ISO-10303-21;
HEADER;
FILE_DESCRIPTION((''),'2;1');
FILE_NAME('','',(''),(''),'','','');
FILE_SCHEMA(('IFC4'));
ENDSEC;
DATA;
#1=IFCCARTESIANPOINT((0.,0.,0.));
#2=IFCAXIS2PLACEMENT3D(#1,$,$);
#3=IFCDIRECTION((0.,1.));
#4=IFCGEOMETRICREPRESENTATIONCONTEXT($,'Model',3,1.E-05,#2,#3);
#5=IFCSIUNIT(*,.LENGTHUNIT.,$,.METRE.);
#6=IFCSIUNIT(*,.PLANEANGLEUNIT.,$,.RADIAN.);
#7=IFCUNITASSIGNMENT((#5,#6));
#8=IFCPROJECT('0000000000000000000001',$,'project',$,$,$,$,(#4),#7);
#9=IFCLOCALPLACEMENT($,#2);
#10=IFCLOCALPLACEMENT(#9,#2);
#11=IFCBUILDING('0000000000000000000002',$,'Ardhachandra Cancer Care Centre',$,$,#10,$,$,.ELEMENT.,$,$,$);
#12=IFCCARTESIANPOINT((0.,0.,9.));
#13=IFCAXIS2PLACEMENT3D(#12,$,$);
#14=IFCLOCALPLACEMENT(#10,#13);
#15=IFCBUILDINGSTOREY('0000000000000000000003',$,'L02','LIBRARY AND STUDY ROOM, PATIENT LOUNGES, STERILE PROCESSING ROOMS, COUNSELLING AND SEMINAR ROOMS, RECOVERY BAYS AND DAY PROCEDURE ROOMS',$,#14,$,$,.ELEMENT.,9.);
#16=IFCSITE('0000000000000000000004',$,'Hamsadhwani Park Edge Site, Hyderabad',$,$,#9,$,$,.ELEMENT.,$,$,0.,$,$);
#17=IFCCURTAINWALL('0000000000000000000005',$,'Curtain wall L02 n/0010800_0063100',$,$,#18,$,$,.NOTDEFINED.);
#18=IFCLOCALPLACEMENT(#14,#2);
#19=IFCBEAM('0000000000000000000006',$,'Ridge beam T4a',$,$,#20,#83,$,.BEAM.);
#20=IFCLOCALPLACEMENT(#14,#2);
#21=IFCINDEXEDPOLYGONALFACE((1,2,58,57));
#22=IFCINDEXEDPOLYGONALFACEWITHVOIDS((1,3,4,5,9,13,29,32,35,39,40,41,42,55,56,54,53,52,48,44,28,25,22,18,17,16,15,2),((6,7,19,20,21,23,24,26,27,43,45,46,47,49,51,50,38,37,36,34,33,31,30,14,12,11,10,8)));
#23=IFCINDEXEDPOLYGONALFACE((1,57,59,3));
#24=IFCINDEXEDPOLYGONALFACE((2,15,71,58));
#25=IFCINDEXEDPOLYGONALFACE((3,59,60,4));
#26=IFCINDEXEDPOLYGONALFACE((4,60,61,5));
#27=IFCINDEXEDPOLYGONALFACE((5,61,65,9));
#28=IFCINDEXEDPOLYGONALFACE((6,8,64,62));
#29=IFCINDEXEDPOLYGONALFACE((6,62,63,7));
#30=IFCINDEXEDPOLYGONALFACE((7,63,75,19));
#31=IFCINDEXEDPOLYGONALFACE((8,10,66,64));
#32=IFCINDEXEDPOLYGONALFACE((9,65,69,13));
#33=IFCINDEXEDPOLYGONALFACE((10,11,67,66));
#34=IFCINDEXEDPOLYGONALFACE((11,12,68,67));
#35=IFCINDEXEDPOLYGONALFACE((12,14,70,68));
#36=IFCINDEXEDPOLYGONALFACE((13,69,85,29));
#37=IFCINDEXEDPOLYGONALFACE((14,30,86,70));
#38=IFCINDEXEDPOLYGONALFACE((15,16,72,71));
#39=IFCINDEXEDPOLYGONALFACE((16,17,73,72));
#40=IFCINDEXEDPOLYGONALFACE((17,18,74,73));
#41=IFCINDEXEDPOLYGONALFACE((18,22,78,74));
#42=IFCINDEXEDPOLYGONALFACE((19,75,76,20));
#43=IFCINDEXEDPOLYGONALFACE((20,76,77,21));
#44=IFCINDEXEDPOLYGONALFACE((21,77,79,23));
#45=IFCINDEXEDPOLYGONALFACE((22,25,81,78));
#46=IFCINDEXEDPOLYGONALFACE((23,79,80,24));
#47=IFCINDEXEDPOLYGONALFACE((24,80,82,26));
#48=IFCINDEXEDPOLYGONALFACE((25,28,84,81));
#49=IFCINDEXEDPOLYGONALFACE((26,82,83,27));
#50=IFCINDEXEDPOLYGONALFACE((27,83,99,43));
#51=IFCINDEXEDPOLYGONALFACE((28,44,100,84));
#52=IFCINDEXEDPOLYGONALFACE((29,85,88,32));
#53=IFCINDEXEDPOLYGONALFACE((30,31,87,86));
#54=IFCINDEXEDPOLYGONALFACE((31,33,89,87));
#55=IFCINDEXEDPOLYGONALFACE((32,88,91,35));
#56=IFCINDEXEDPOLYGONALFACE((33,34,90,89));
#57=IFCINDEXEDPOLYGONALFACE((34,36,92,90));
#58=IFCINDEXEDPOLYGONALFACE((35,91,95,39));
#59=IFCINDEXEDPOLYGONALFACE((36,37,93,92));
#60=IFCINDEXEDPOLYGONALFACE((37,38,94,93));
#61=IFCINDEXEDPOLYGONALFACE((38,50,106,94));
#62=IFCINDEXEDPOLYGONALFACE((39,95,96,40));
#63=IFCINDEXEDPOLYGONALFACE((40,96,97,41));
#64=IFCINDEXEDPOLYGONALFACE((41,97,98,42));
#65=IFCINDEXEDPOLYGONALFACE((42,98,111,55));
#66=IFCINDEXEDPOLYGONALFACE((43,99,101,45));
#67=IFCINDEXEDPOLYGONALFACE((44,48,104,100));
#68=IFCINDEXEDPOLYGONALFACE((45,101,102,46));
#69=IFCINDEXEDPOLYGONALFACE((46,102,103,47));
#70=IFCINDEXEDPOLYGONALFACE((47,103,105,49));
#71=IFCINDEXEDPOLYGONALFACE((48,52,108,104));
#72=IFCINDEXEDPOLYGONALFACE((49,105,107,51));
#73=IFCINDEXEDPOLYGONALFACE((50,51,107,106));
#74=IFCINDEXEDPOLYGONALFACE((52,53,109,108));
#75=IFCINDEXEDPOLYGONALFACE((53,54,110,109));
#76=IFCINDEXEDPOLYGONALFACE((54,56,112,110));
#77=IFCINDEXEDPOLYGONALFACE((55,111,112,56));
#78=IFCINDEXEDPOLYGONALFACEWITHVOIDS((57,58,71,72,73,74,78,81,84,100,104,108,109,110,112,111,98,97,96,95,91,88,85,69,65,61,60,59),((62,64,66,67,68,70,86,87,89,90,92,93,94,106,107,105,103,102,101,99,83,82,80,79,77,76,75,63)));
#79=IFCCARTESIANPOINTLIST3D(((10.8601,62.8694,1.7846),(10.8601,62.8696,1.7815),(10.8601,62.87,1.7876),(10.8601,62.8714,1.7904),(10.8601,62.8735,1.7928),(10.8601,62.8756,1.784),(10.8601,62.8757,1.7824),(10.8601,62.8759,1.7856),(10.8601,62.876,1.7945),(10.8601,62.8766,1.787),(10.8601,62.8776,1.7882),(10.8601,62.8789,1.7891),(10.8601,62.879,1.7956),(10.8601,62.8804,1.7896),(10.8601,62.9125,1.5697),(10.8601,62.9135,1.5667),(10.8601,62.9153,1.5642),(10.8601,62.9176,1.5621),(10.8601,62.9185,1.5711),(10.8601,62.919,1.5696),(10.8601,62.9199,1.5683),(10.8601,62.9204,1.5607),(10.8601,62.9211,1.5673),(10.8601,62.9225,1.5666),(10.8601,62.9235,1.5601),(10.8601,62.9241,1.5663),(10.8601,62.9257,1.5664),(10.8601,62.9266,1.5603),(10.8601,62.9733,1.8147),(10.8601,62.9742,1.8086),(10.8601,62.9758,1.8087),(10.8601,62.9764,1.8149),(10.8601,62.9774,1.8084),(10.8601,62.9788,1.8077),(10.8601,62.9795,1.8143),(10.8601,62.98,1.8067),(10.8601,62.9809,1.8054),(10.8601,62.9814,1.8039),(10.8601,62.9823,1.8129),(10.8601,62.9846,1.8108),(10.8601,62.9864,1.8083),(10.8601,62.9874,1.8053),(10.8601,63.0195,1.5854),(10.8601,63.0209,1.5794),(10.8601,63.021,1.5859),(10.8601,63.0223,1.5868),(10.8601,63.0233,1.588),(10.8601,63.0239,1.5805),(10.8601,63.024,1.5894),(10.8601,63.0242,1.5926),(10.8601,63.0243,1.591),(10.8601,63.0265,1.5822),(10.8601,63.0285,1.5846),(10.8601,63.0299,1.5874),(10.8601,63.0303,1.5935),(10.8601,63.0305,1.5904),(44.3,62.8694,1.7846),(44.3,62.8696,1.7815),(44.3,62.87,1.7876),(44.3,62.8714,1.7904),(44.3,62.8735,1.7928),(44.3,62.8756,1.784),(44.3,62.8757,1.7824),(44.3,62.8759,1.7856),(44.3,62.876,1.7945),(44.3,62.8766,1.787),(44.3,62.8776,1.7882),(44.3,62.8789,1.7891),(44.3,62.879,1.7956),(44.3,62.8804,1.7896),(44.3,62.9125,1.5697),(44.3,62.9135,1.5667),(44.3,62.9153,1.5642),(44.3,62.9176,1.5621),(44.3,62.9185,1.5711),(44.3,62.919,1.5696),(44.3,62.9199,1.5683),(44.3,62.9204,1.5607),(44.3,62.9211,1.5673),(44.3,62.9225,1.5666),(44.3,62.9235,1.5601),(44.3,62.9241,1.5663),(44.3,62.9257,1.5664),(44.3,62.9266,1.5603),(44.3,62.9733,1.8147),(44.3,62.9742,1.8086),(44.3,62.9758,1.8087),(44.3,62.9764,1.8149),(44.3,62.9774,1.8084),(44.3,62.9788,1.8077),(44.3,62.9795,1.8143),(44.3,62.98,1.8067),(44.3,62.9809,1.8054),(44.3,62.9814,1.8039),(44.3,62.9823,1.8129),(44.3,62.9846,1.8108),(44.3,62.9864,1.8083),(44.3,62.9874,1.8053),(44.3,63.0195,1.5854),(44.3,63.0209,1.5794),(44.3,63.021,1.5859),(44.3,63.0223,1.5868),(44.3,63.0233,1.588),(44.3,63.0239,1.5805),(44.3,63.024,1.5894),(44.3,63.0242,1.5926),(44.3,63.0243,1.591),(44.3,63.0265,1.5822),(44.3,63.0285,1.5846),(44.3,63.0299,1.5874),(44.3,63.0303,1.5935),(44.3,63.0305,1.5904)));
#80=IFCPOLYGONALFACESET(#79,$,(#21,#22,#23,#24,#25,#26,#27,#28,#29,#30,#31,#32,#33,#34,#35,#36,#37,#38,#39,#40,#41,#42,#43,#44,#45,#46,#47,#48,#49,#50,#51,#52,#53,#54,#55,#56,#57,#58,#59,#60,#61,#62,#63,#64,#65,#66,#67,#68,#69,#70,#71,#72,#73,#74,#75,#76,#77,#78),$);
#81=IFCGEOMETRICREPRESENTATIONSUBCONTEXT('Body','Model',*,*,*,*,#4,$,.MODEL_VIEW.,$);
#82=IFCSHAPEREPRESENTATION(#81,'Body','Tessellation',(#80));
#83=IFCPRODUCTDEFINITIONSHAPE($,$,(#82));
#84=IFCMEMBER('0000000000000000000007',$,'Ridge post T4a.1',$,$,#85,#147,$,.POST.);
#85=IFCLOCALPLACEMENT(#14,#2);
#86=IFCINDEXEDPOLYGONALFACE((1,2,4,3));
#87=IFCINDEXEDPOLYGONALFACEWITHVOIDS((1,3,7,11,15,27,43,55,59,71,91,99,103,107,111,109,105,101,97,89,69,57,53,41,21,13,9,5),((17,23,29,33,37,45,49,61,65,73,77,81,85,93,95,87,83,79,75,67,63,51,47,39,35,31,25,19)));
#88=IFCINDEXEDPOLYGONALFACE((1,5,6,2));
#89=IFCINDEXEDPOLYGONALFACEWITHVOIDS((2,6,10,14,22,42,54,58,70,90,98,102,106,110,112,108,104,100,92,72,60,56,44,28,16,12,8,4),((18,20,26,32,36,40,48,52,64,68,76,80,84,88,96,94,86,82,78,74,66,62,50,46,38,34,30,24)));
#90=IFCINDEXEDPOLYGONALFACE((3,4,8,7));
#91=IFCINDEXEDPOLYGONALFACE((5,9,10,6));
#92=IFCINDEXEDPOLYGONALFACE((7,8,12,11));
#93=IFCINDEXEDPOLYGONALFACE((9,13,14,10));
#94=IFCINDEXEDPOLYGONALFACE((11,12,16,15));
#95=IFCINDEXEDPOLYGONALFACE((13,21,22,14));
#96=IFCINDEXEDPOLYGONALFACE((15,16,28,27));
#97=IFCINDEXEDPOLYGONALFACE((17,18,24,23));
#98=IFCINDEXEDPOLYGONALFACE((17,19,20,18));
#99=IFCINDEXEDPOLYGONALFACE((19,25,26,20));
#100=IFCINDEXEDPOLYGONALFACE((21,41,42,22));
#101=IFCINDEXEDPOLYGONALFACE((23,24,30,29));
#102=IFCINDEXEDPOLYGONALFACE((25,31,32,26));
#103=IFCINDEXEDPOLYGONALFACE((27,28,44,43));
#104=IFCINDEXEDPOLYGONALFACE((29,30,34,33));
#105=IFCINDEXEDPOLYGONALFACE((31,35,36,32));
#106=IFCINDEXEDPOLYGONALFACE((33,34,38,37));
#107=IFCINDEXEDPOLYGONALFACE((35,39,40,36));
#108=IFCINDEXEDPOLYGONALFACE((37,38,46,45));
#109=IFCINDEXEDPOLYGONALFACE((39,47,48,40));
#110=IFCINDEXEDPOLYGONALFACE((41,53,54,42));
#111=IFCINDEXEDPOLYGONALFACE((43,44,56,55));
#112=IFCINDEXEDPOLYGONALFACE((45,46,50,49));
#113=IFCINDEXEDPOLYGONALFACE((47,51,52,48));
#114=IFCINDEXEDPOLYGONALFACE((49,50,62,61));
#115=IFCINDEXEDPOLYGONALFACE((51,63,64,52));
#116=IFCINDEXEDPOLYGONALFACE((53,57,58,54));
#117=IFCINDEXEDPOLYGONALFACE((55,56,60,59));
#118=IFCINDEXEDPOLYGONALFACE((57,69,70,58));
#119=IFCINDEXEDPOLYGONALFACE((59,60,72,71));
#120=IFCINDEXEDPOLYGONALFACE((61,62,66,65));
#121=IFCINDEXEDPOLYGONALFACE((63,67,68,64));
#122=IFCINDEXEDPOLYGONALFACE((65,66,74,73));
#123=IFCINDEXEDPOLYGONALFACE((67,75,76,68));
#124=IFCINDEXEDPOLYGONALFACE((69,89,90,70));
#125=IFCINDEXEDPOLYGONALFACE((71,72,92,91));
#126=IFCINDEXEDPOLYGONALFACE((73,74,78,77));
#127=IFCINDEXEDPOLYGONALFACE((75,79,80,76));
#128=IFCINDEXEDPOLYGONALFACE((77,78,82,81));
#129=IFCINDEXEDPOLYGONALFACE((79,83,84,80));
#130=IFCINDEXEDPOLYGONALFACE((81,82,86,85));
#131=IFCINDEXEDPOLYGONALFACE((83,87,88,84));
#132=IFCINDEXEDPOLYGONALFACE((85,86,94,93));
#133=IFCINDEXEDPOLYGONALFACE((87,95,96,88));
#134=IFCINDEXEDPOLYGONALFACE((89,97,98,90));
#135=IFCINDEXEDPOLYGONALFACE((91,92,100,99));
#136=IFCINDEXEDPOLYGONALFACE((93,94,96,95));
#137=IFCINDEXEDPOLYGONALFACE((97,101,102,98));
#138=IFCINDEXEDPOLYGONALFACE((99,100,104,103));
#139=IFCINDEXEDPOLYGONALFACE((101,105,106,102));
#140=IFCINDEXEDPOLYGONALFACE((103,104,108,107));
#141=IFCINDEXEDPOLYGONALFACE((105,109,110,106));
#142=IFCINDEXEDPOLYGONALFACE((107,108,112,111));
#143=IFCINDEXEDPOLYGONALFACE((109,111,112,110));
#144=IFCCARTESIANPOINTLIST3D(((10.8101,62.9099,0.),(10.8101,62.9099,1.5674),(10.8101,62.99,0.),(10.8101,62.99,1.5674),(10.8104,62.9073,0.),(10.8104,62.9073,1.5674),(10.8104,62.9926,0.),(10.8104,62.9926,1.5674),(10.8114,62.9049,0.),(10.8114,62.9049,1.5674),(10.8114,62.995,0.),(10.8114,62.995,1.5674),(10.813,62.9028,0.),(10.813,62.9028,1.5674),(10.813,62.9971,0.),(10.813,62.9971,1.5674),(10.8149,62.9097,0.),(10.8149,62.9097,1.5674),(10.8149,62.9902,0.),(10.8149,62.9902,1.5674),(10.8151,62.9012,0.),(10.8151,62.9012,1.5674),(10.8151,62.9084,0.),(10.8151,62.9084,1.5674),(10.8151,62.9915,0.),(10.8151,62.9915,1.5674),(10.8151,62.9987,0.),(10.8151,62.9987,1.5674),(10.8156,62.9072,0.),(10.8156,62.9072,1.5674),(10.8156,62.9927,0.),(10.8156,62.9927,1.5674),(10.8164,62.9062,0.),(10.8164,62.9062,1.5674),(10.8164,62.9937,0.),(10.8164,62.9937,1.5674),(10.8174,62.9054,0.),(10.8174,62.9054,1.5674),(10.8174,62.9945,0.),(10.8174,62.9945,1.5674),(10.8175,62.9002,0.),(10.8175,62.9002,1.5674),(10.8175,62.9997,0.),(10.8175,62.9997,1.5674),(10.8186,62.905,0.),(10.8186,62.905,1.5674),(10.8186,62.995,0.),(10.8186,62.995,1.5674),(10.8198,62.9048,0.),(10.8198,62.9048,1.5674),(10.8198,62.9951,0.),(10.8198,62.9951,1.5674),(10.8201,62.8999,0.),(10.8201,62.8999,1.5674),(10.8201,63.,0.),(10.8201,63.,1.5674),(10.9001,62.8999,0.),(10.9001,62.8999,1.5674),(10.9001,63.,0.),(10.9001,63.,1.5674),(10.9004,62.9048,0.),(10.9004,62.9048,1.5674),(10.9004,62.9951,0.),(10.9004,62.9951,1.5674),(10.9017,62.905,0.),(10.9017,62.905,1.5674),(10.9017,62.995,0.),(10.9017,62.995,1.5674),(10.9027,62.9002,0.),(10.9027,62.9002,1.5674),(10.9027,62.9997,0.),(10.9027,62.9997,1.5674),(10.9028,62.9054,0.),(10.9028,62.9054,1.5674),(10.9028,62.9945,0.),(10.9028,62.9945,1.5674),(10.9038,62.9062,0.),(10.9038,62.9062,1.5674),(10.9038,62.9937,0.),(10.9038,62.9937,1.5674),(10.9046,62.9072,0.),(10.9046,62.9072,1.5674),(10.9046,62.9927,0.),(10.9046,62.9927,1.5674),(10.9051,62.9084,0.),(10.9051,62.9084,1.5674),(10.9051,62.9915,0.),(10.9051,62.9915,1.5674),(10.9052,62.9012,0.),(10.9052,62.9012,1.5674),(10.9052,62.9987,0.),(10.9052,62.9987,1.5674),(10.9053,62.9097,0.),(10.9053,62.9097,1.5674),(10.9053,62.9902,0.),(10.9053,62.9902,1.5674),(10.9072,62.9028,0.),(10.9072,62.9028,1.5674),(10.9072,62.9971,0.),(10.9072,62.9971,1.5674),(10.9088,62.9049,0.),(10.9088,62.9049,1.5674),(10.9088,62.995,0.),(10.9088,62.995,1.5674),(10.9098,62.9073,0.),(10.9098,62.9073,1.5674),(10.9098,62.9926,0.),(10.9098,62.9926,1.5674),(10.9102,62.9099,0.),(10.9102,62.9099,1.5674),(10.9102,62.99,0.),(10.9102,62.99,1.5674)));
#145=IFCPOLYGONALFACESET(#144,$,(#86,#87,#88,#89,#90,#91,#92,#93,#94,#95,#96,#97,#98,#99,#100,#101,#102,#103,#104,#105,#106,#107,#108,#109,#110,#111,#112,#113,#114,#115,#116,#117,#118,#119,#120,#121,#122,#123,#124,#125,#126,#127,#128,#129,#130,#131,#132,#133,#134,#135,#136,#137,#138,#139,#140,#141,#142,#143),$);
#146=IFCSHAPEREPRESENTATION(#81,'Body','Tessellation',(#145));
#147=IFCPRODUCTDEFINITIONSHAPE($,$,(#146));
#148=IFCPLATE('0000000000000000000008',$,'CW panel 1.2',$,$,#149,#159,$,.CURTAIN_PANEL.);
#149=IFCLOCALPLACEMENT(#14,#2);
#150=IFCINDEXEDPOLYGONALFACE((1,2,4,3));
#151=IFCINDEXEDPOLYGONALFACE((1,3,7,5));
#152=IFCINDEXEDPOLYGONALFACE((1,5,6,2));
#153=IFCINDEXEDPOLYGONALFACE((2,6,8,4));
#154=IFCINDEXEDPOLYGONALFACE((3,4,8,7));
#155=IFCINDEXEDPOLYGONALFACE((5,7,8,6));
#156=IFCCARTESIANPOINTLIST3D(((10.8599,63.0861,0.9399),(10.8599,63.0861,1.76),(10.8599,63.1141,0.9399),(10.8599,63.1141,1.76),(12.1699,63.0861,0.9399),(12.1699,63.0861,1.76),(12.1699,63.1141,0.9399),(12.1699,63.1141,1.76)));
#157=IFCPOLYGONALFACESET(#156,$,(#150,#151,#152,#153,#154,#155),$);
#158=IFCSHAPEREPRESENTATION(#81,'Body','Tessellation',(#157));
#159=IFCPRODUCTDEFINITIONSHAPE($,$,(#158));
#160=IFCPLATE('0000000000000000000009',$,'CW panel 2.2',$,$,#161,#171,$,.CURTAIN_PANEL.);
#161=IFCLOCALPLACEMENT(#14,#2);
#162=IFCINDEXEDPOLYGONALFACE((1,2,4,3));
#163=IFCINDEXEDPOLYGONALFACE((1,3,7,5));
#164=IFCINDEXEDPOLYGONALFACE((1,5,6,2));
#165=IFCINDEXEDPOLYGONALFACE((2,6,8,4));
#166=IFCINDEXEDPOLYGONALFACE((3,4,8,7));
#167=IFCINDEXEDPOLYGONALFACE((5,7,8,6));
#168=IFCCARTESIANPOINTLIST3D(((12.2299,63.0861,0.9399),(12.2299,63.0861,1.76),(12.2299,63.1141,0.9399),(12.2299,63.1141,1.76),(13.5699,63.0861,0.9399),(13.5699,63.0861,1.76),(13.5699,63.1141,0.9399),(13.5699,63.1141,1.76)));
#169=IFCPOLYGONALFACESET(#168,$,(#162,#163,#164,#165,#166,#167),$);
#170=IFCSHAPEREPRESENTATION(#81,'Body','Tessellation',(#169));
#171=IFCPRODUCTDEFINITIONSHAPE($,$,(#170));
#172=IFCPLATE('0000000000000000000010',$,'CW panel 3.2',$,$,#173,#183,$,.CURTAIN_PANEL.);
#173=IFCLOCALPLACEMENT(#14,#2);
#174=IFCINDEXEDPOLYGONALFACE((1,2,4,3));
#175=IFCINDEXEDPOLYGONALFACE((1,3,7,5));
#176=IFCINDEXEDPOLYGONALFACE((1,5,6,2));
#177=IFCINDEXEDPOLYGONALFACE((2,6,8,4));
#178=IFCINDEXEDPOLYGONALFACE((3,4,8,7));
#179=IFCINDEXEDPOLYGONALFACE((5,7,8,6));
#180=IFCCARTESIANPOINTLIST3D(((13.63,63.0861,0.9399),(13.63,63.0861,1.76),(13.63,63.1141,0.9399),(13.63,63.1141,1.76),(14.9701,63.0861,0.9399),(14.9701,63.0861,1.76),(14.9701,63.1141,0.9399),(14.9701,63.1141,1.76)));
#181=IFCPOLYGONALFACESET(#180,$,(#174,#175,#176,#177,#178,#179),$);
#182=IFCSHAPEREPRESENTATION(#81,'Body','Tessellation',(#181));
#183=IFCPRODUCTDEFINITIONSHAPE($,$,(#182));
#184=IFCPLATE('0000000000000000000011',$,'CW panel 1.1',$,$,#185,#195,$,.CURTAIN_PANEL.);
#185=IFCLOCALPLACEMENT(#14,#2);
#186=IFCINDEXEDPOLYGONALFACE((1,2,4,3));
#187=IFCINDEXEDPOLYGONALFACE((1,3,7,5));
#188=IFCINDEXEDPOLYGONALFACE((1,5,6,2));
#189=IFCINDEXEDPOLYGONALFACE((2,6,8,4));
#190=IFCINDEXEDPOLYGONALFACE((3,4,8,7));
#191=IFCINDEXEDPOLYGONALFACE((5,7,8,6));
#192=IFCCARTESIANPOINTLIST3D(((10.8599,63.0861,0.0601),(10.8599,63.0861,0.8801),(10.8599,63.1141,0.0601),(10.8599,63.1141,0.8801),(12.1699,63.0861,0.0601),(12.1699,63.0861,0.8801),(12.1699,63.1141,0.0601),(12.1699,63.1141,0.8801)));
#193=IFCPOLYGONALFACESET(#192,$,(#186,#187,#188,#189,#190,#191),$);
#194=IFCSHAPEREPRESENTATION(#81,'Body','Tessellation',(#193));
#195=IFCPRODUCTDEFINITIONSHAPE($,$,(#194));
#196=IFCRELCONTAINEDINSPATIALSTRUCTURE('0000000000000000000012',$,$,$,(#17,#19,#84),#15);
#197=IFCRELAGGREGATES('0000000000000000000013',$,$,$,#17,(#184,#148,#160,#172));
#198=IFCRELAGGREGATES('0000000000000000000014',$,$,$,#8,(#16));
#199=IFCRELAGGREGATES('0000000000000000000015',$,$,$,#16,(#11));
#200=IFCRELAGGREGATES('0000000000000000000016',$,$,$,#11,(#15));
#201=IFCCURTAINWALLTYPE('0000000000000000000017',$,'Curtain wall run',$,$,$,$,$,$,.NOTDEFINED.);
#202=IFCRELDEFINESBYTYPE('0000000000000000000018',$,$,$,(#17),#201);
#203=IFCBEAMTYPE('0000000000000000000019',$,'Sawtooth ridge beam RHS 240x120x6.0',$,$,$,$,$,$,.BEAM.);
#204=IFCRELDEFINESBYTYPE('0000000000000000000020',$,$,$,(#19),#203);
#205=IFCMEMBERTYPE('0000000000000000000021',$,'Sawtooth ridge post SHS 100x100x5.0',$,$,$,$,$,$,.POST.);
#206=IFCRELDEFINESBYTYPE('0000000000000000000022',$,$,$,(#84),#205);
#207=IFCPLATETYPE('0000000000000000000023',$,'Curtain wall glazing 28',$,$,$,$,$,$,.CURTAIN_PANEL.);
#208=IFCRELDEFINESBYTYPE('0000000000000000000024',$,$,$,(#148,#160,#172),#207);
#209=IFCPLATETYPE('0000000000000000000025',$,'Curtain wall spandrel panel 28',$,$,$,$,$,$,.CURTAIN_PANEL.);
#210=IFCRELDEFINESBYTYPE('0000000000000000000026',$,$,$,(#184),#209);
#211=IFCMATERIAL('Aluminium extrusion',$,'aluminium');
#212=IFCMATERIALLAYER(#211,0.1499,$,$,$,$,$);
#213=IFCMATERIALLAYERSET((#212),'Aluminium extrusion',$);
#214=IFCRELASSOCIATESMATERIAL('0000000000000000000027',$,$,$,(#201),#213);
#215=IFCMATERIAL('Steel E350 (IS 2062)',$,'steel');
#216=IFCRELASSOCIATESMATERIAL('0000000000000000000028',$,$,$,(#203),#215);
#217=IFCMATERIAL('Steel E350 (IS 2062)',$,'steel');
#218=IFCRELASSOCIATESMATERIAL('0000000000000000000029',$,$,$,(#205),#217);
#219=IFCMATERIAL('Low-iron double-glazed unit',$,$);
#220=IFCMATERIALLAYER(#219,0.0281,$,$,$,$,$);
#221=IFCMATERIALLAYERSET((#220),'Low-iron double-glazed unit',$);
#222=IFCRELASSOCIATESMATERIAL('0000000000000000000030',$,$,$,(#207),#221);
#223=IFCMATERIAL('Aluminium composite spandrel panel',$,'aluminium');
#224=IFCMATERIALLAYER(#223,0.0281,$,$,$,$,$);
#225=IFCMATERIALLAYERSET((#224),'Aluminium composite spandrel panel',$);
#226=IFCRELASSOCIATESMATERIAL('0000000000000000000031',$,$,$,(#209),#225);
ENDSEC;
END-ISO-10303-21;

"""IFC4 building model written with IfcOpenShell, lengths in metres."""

from ifc_helpers import new_model, si_unit, direction, frame, origin, origin_2d, place, context, subcontext, project, spatial, rectangle, hollow_rectangle, extrude, material, layer, layer_set, material_profile, profile_set, type_object, element, aggregate, save


model = new_model("IFC4")

# Units and contexts
model_context = context("Model", 3, precision=1e-05, world=origin(), true_north=direction((0.0, 1.0)))
body_context = subcontext(model_context, "Body", "Model", "MODEL_VIEW")
ifc_project = project(units=[si_unit("LENGTHUNIT", "METRE"), si_unit("PLANEANGLEUNIT", "RADIAN")], contexts=[model_context])

# Site, building, storey
site_placement = place(None, origin())
site = spatial("IfcSite", under=ifc_project, at=site_placement, Name="Hamsadhwani Park Edge Site, Hyderabad", CompositionType="ELEMENT", RefElevation=0.0)
building_placement = place(site_placement, origin())
building = spatial("IfcBuilding", under=site, at=building_placement, Name="Ardhachandra Cancer Care Centre", CompositionType="ELEMENT")
storey_placement = place(building_placement, frame((0.0, 0.0, 9.0)))
storey = spatial("IfcBuildingStorey", under=building, at=storey_placement, Name="L02", Description="LIBRARY AND STUDY ROOM, PATIENT LOUNGES, STERILE PROCESSING ROOMS, COUNSELLING AND SEMINAR ROOMS, RECOVERY BAYS AND DAY PROCEDURE ROOMS", CompositionType="ELEMENT", Elevation=9.0)

# Curtain wall
ifc_material_1 = material(Name="Aluminium extrusion", Category="aluminium")
ifc_layer_1 = layer(ifc_material_1, 0.1499)
ifc_layer_set_1 = layer_set([ifc_layer_1], Name="Aluminium extrusion")
curtain_wall_type = type_object("IfcCurtainWallType", Name="Curtain wall run", PredefinedType="NOTDEFINED", material=ifc_layer_set_1)
curtain_wall_placement = place(storey_placement, origin())
curtain_wall = element("IfcCurtainWall", 1, at=curtain_wall_placement, inside=storey, type_object=curtain_wall_type, Name="Curtain wall L02 n/0010800_0063100", PredefinedType="NOTDEFINED")

# Beam
ifc_material_2 = material(Name="Steel E350 (IS 2062)", Category="steel")
ifc_material_profile_1 = material_profile(ifc_material_2, hollow_rectangle(XDim=0.1201, YDim=0.24, WallThickness=0.0061, InnerFilletRadius=0.0061, OuterFilletRadius=0.012, at=origin_2d()), Name="RHS 240x120x6.0")
ifc_profile_set_1 = profile_set([ifc_material_profile_1], Name="Steel E350 (IS 2062)")
beam_type = type_object("IfcBeamType", Name="Sawtooth ridge beam RHS 240x120x6.0", PredefinedType="BEAM", material=ifc_profile_set_1)
beam_placement = place(storey_placement, frame((10.8601, 62.95, 1.6875), z_axis=(1.0, 0.0, 0.0), x_axis=(0.0, 0.980107, 0.198472)))
element("IfcBeam", 2, at=beam_placement, inside=storey, type_object=beam_type, Name="Ridge beam T4a", PredefinedType="BEAM", context=body_context, shape_type="SweptSolid", body=[
    extrude(hollow_rectangle(XDim=0.1201, YDim=0.24, WallThickness=0.0061, InnerFilletRadius=0.0061, OuterFilletRadius=0.012, at=origin_2d()), origin(), (0.0, 0.0, 1.0), 33.4399),
])

# Member
ifc_material_3 = material(Name="Steel E350 (IS 2062)", Category="steel")
ifc_material_profile_2 = material_profile(ifc_material_3, hollow_rectangle(XDim=0.1001, YDim=0.1001, WallThickness=0.0049, InnerFilletRadius=0.0049, OuterFilletRadius=0.01, at=origin_2d()), Name="SHS 100x100x5.0")
ifc_profile_set_2 = profile_set([ifc_material_profile_2], Name="Steel E350 (IS 2062)")
member_type_1 = type_object("IfcMemberType", Name="Sawtooth ridge post SHS 100x100x5.0", PredefinedType="POST", material=ifc_profile_set_2)
member_1_placement = place(storey_placement, frame((10.8601, 62.95, 0.0), z_axis=(0.0, 0.0, 1.0), x_axis=(1.0, 0.0, 0.0)))
element("IfcMember", 3, at=member_1_placement, inside=storey, type_object=member_type_1, Name="Ridge post T4a.1", PredefinedType="POST", context=body_context, shape_type="SweptSolid", body=[
    extrude(hollow_rectangle(XDim=0.1001, YDim=0.1001, WallThickness=0.0049, InnerFilletRadius=0.0049, OuterFilletRadius=0.01, at=origin_2d()), origin(), (0.0, 0.0, 1.0), 1.5674),
])

# Plates
ifc_material_4 = material(Name="Low-iron double-glazed unit")
ifc_layer_2 = layer(ifc_material_4, 0.0281)
ifc_layer_set_2 = layer_set([ifc_layer_2], Name="Low-iron double-glazed unit")
plate_type_1 = type_object("IfcPlateType", Name="Curtain wall glazing 28", PredefinedType="CURTAIN_PANEL", material=ifc_layer_set_2)
plate_1_placement = place(storey_placement, frame((11.5149, 63.1001, 0.9399), z_axis=(0.0, 0.0, 1.0), x_axis=(1.0, 0.0, 0.0)))
plate_1 = element("IfcPlate", 4, at=plate_1_placement, type_object=plate_type_1, Name="CW panel 1.2", PredefinedType="CURTAIN_PANEL", context=body_context, shape_type="SweptSolid", body=[
    extrude(rectangle(XDim=1.3101, YDim=0.0281, at=origin_2d()), origin(), (0.0, 0.0, 1.0), 0.8201),
])
plate_2_placement = place(storey_placement, frame((12.8999, 63.1001, 0.9399), z_axis=(0.0, 0.0, 1.0), x_axis=(1.0, 0.0, 0.0)))
plate_2 = element("IfcPlate", 5, at=plate_2_placement, type_object=plate_type_1, Name="CW panel 2.2", PredefinedType="CURTAIN_PANEL", context=body_context, shape_type="SweptSolid", body=[
    extrude(rectangle(XDim=1.3401, YDim=0.0281, at=origin_2d()), origin(), (0.0, 0.0, 1.0), 0.8201),
])
plate_3_placement = place(storey_placement, frame((14.3, 63.1001, 0.9399), z_axis=(0.0, 0.0, 1.0), x_axis=(1.0, 0.0, 0.0)))
plate_3 = element("IfcPlate", 6, at=plate_3_placement, type_object=plate_type_1, Name="CW panel 3.2", PredefinedType="CURTAIN_PANEL", context=body_context, shape_type="SweptSolid", body=[
    extrude(rectangle(XDim=1.3401, YDim=0.0281, at=origin_2d()), origin(), (0.0, 0.0, 1.0), 0.8201),
])
ifc_material_5 = material(Name="Aluminium composite spandrel panel", Category="aluminium")
ifc_layer_3 = layer(ifc_material_5, 0.0281)
ifc_layer_set_3 = layer_set([ifc_layer_3], Name="Aluminium composite spandrel panel")
plate_type_2 = type_object("IfcPlateType", Name="Curtain wall spandrel panel 28", PredefinedType="CURTAIN_PANEL", material=ifc_layer_set_3)
plate_4_placement = place(storey_placement, frame((11.5149, 63.1001, 0.0601), z_axis=(0.0, 0.0, 1.0), x_axis=(1.0, 0.0, 0.0)))
plate_4 = element("IfcPlate", 7, at=plate_4_placement, type_object=plate_type_2, Name="CW panel 1.1", PredefinedType="CURTAIN_PANEL", context=body_context, shape_type="SweptSolid", body=[
    extrude(rectangle(XDim=1.3101, YDim=0.0281, at=origin_2d()), origin(), (0.0, 0.0, 1.0), 0.8201),
])
aggregate(curtain_wall, [plate_4, plate_1, plate_2, plate_3])

save(model, "model.ifc")
